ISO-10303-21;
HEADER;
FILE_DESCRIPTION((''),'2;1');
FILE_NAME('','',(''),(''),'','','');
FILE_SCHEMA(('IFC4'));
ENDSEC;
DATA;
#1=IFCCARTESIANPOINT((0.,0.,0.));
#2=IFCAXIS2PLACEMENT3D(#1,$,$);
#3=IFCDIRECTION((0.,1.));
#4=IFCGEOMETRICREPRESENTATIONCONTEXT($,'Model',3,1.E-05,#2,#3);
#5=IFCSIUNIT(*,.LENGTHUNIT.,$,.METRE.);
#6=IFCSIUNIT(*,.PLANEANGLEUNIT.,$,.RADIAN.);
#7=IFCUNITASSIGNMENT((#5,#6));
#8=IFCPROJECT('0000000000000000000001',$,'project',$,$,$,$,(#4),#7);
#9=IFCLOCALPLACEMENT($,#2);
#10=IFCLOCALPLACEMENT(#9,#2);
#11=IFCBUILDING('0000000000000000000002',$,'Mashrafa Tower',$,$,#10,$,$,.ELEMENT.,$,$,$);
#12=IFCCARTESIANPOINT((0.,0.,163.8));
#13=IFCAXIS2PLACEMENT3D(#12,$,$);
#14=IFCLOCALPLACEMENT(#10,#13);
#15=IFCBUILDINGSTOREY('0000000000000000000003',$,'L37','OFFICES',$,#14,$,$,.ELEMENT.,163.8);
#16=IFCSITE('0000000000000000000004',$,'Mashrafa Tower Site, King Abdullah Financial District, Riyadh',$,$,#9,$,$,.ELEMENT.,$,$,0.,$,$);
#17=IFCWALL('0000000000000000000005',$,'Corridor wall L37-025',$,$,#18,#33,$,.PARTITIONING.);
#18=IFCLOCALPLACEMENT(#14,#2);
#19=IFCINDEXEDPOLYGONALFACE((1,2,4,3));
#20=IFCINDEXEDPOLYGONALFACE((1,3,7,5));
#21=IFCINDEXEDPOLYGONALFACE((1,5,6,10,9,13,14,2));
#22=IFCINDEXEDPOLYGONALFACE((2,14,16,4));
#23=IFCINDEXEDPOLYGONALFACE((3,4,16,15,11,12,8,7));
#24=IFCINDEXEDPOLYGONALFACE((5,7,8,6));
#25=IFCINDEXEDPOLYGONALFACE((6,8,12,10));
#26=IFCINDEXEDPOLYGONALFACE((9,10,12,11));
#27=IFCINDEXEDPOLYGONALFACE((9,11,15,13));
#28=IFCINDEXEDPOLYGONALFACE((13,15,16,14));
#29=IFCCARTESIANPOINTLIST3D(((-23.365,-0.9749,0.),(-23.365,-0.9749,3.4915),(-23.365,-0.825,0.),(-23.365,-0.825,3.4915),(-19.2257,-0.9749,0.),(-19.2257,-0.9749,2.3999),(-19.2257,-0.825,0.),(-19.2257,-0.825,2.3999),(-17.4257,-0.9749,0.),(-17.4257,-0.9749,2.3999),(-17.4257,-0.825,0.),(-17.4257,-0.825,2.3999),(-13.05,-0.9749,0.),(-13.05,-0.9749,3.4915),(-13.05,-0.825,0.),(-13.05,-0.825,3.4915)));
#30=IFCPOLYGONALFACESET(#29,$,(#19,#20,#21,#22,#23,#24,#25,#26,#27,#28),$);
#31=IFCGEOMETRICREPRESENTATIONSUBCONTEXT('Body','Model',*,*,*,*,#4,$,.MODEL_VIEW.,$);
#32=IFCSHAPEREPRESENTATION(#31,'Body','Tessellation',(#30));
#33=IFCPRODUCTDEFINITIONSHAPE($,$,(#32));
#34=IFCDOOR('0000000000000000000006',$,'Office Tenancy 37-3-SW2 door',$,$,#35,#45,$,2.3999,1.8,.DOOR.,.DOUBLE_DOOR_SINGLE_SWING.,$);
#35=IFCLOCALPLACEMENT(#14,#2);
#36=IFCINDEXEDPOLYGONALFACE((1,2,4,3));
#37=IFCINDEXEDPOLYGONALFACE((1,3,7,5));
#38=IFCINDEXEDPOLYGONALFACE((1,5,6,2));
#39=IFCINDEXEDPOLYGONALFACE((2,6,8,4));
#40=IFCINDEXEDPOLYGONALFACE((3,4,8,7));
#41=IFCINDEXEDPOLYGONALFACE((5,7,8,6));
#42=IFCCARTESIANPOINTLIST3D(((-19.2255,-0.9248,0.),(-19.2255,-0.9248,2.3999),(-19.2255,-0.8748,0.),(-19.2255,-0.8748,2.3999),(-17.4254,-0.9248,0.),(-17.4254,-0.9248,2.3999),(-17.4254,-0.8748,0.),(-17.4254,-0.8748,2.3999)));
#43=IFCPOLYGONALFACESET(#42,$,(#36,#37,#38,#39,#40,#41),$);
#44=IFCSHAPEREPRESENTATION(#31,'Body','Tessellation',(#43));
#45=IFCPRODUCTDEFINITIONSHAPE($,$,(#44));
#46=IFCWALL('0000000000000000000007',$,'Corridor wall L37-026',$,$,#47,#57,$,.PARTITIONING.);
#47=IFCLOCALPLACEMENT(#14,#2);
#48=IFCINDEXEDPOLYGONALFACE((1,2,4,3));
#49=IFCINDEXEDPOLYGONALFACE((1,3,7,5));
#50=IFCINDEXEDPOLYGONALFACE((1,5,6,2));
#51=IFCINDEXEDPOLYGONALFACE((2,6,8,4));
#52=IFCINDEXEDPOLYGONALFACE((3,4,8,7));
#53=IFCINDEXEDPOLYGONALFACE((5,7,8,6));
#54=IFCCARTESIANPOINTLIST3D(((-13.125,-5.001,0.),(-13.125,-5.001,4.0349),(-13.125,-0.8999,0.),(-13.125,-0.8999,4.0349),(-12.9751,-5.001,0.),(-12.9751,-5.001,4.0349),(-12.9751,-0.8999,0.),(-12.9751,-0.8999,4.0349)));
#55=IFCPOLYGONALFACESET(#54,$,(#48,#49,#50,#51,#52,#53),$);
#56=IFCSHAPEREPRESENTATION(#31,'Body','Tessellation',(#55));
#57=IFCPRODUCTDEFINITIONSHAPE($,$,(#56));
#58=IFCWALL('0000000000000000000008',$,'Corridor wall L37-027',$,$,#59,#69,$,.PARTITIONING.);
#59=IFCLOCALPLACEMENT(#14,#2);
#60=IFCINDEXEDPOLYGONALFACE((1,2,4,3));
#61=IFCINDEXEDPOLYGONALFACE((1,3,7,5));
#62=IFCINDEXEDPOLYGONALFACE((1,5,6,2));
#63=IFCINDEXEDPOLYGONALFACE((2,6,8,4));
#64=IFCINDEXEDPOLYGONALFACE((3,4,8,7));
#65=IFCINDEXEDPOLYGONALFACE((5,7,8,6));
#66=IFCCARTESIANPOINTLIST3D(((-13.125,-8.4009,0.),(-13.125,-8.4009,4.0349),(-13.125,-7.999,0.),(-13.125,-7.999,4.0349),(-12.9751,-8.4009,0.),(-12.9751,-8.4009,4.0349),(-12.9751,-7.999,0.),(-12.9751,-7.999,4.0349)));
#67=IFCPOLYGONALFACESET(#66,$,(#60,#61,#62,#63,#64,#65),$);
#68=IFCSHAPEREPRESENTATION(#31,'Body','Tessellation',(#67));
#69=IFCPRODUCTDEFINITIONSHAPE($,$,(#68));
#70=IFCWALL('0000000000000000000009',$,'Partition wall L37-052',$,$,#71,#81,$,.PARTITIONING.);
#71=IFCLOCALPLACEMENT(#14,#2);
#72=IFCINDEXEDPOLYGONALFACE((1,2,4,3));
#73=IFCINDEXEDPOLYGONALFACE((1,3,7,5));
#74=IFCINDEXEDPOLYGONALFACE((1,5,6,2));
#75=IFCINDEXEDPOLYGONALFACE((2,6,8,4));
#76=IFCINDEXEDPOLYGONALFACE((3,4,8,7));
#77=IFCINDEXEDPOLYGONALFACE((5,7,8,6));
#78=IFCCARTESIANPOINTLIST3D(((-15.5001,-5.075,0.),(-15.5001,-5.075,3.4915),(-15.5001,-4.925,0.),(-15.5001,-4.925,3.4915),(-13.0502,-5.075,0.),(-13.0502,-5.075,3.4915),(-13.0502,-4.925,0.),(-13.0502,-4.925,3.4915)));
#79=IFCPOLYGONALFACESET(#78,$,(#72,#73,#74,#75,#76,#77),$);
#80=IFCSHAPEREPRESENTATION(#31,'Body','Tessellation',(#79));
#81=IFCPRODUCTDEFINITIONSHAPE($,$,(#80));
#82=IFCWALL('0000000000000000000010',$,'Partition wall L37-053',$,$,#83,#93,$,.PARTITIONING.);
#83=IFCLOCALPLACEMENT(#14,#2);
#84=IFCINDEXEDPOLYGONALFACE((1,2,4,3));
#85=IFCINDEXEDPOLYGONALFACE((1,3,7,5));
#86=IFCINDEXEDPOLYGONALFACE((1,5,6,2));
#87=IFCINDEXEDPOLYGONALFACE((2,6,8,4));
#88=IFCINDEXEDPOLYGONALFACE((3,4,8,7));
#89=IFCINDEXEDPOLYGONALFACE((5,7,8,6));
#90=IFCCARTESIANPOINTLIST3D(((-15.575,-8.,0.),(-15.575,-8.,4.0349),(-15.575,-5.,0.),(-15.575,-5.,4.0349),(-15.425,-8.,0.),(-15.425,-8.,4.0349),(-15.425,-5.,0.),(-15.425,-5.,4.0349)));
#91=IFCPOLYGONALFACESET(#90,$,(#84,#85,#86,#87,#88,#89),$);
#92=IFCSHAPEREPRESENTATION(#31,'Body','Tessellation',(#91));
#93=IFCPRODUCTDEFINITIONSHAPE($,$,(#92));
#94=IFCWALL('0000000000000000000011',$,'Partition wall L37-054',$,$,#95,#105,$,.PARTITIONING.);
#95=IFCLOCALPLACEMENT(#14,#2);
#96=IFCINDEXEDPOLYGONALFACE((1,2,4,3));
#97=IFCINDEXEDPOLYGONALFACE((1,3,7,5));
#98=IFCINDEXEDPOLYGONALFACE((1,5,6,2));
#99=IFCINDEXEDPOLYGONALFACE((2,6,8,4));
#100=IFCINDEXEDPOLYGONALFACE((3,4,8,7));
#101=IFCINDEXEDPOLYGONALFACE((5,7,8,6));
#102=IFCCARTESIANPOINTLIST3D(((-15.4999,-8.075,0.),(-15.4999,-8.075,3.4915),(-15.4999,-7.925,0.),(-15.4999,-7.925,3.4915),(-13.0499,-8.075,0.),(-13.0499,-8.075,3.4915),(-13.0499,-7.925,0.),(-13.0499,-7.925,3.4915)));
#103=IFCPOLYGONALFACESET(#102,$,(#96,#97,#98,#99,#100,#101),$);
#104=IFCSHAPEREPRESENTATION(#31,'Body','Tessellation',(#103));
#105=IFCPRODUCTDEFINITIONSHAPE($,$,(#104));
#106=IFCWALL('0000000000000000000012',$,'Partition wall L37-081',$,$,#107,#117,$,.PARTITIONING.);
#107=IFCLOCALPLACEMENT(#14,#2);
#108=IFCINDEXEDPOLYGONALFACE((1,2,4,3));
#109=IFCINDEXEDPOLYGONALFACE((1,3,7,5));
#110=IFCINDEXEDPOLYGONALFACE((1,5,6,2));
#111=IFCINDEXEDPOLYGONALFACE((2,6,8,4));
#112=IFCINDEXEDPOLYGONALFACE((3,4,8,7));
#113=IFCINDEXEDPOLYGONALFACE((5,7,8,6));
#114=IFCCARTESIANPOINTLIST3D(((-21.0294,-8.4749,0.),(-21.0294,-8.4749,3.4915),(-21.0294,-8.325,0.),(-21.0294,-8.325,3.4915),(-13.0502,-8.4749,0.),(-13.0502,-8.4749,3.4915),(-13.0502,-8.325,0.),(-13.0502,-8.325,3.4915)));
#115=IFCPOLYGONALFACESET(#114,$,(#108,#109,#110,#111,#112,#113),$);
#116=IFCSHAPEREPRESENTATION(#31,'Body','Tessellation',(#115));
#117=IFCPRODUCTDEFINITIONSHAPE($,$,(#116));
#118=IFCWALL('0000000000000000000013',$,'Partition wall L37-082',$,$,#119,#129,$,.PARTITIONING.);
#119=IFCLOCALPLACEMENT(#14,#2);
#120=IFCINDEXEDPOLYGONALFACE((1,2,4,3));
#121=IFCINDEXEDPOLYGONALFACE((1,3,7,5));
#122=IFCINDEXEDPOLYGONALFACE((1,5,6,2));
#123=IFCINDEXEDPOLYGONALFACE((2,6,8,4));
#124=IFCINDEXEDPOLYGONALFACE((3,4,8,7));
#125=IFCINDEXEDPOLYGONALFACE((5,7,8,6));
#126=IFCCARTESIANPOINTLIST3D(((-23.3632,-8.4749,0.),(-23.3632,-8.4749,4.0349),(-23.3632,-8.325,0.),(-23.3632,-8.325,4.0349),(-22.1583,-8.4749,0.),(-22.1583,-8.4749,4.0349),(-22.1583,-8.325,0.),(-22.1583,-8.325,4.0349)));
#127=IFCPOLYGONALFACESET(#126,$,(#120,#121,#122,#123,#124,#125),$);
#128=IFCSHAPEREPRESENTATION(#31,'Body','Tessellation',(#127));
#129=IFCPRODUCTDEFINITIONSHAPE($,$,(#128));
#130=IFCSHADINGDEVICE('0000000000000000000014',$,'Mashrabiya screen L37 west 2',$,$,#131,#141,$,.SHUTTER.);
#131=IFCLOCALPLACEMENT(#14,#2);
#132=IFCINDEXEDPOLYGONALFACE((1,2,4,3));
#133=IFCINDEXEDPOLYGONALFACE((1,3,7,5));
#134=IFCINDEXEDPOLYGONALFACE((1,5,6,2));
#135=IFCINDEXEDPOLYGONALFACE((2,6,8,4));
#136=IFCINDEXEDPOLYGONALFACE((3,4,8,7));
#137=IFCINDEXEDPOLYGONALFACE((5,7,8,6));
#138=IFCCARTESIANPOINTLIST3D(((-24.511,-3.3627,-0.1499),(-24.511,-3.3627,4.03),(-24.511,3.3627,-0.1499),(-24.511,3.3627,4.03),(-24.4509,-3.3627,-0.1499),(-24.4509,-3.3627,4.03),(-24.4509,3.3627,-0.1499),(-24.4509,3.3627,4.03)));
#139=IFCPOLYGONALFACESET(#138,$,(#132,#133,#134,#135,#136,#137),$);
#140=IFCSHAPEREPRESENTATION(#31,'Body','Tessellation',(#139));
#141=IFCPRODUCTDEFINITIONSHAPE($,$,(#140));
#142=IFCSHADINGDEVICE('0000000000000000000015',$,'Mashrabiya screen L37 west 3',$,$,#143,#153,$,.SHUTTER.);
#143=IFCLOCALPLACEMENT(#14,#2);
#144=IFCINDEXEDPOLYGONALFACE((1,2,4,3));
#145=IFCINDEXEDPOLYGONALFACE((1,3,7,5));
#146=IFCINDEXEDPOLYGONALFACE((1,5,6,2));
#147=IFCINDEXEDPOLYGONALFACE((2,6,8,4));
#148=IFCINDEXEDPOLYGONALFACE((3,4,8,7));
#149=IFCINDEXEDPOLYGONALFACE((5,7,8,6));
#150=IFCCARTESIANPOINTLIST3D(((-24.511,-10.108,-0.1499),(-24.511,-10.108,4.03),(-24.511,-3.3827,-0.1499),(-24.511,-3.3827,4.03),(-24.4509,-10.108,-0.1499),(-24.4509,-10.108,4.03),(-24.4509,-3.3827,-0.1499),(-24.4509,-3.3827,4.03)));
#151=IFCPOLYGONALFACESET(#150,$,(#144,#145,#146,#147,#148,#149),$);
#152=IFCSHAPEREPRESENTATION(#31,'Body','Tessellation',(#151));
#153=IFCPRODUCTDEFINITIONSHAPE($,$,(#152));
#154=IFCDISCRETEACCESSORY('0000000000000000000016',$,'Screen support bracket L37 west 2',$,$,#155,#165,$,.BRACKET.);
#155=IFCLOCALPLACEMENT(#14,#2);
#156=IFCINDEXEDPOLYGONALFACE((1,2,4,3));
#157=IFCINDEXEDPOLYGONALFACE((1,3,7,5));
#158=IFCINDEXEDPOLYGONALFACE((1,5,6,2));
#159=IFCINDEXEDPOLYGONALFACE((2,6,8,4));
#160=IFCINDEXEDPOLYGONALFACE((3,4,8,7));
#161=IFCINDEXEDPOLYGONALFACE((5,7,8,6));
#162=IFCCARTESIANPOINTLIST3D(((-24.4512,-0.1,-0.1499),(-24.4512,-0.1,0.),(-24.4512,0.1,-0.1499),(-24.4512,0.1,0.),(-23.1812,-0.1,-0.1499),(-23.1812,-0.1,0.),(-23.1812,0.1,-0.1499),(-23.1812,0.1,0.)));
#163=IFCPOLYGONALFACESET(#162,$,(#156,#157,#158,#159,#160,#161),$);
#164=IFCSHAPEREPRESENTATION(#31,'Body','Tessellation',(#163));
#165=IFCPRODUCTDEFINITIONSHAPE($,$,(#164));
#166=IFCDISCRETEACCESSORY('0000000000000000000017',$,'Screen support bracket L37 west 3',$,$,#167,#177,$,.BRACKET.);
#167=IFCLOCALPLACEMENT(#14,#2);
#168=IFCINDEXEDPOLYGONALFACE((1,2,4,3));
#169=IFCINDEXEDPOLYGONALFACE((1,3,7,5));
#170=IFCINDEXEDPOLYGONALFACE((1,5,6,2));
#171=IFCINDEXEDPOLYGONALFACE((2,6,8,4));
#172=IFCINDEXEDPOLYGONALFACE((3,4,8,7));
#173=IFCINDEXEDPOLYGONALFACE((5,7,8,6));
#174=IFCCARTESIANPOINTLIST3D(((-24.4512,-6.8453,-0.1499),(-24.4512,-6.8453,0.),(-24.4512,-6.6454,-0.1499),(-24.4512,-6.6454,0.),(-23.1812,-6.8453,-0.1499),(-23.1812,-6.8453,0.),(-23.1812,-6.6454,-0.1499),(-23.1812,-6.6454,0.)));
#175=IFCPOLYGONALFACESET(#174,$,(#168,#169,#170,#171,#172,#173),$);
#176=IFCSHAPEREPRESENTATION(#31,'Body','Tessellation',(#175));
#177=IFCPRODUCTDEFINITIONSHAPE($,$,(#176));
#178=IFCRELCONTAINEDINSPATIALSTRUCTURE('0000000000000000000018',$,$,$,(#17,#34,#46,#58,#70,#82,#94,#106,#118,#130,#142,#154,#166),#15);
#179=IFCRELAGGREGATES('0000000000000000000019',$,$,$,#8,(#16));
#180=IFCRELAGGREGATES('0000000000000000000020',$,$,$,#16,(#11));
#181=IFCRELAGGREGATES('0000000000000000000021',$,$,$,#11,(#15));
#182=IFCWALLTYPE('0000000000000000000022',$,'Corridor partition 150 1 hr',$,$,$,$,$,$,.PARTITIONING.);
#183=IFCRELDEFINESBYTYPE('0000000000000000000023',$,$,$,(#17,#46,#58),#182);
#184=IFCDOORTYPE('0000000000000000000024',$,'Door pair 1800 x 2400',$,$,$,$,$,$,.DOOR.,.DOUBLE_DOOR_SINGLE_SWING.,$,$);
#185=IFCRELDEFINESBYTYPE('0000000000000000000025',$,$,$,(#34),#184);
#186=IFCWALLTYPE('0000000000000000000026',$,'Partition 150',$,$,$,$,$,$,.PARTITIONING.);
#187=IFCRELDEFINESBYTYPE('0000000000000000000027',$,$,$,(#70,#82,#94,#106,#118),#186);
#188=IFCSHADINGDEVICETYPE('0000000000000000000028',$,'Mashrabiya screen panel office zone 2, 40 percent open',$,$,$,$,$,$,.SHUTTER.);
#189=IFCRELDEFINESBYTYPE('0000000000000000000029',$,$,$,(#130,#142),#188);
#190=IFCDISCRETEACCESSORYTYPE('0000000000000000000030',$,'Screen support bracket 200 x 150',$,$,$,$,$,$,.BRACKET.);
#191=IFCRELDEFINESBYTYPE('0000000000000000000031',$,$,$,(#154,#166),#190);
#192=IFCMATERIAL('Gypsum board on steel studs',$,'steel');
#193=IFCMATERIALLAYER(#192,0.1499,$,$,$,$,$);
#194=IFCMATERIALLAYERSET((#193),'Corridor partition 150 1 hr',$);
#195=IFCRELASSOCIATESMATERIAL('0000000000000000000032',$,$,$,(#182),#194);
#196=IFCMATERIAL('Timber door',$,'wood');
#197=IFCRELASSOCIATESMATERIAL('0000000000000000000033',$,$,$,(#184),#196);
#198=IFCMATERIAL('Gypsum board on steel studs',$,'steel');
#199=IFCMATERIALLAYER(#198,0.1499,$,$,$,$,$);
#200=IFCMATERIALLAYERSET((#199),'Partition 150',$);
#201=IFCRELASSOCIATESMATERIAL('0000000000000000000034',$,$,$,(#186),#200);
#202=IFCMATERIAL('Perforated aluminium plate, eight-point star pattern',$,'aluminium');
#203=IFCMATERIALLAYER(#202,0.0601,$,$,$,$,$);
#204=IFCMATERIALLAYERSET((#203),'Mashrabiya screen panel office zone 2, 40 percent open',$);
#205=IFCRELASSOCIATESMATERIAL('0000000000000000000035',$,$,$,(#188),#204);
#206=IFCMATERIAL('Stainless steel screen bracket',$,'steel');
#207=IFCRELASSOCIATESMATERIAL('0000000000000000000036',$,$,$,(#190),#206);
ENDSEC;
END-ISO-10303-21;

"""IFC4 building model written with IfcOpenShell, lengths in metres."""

from ifc_helpers import new_model, si_unit, direction, frame, frame_2d, origin, origin_2d, place, context, subcontext, project, spatial, rectangle, extrude, source, transform, mapped, material, layer, layer_set, type_object, type_shapes, element, fill, save


model = new_model("IFC4")

# Units and contexts
model_context = context("Model", 3, precision=1e-05, world=origin(), true_north=direction((0.0, 1.0)))
body_context = subcontext(model_context, "Body", "Model", "MODEL_VIEW")
ifc_project = project(units=[si_unit("LENGTHUNIT", "METRE"), si_unit("PLANEANGLEUNIT", "RADIAN")], contexts=[model_context])

# Site, building, storey
site_placement = place(None, origin())
site = spatial("IfcSite", under=ifc_project, at=site_placement, Name="Mashrafa Tower Site, King Abdullah Financial District, Riyadh", CompositionType="ELEMENT", RefElevation=0.0)
building_placement = place(site_placement, origin())
building = spatial("IfcBuilding", under=site, at=building_placement, Name="Mashrafa Tower", CompositionType="ELEMENT")
storey_placement = place(building_placement, frame((0.0, 0.0, 163.8)))
storey = spatial("IfcBuildingStorey", under=building, at=storey_placement, Name="L37", Description="OFFICES", CompositionType="ELEMENT", Elevation=163.8)

# Shared definitions
ifc_material_1 = material(Name="Gypsum board on steel studs", Category="steel")
ifc_layer_1 = layer(ifc_material_1, 0.1499)
ifc_layer_set_1 = layer_set([ifc_layer_1], Name="Corridor partition 150 1 hr")
wall_type_1 = type_object("IfcWallType", Name="Corridor partition 150 1 hr", PredefinedType="PARTITIONING", material=ifc_layer_set_1)

# Wall, opening, door
wall_1_placement = place(storey_placement, frame((-23.365, -0.8999, 0.0), z_axis=(0.0, 0.0, 1.0), x_axis=(1.0, 0.0, 0.0)))
wall_1 = element("IfcWall", 1, at=wall_1_placement, inside=storey, type_object=wall_type_1, Name="Corridor wall L37-025", PredefinedType="PARTITIONING", context=body_context, shape_type="SweptSolid", body=[
    extrude(rectangle(XDim=10.3149, YDim=0.1499, at=frame_2d((5.1575, 0.0))), origin(), (0.0, 0.0, 1.0), 3.4915),
])
opening_1_placement = place(wall_1_placement, frame((4.1394, 0.0, 0.0)))
opening_1 = element("IfcOpeningElement", 2, at=opening_1_placement, cuts=wall_1, PredefinedType="OPENING", context=body_context, shape_type="SweptSolid", body=[
    extrude(rectangle(XDim=1.8, YDim=2.3999, at=frame_2d((0.8999, 1.2))), frame((0.0, 0.085, 0.0), z_axis=(0.0, -1.0, 0.0), x_axis=(1.0, 0.0, 0.0)), (0.0, 0.0, 1.0), 0.1699),
])
ifc_material_2 = material(Name="Timber door", Category="wood")
door_type_1 = type_object("IfcDoorType", Name="Door pair 1800 x 2400", OperationType="DOUBLE_DOOR_SINGLE_SWING", PredefinedType="DOOR", material=ifc_material_2)
door_1_placement = place(opening_1_placement, frame((1.8, 0.0, 0.0), z_axis=(0.0, 0.0, 1.0), x_axis=(-1.0, 0.0, 0.0)))
door_1 = element("IfcDoor", 3, at=door_1_placement, inside=storey, type_object=door_type_1, Name="Office Tenancy 37-3-SW2 door", OperationType="DOUBLE_DOOR_SINGLE_SWING", OverallHeight=2.3999, OverallWidth=1.8, PredefinedType="DOOR", context=body_context, shape_type="SweptSolid", body=[
    extrude(rectangle(XDim=1.8, YDim=2.3999, at=frame_2d((0.8999, 1.2))), frame((0.0, 0.0249, 0.0), z_axis=(0.0, -1.0, 0.0), x_axis=(1.0, 0.0, 0.0)), (0.0, 0.0, 1.0), 0.05),
])
fill(opening_1, door_1)

# Walls
wall_2_placement = place(storey_placement, frame((-13.05, -0.8999, 0.0), z_axis=(0.0, 0.0, 1.0), x_axis=(0.0, -1.0, 0.0)))
element("IfcWall", 4, at=wall_2_placement, inside=storey, type_object=wall_type_1, Name="Corridor wall L37-026", PredefinedType="PARTITIONING", context=body_context, shape_type="SweptSolid", body=[
    extrude(rectangle(XDim=4.1011, YDim=0.1499, at=frame_2d((2.0505, 0.0))), origin(), (0.0, 0.0, 1.0), 4.0349),
])
wall_3_placement = place(storey_placement, frame((-13.05, -7.999, 0.0), z_axis=(0.0, 0.0, 1.0), x_axis=(0.0, -1.0, 0.0)))
element("IfcWall", 5, at=wall_3_placement, inside=storey, type_object=wall_type_1, Name="Corridor wall L37-027", PredefinedType="PARTITIONING", context=body_context, shape_type="SweptSolid", body=[
    extrude(rectangle(XDim=0.4019, YDim=0.1499, at=frame_2d((0.2009, 0.0))), origin(), (0.0, 0.0, 1.0), 4.0349),
])
ifc_material_3 = material(Name="Gypsum board on steel studs", Category="steel")
ifc_layer_2 = layer(ifc_material_3, 0.1499)
ifc_layer_set_2 = layer_set([ifc_layer_2], Name="Partition 150")
wall_type_2 = type_object("IfcWallType", Name="Partition 150", PredefinedType="PARTITIONING", material=ifc_layer_set_2)
wall_4_placement = place(storey_placement, frame((-13.05, -5.0, 0.0), z_axis=(0.0, 0.0, 1.0), x_axis=(-1.0, 0.0, 0.0)))
element("IfcWall", 6, at=wall_4_placement, inside=storey, type_object=wall_type_2, Name="Partition wall L37-052", PredefinedType="PARTITIONING", context=body_context, shape_type="SweptSolid", body=[
    extrude(rectangle(XDim=2.45, YDim=0.1499, at=frame_2d((1.2251, 0.0))), origin(), (0.0, 0.0, 1.0), 3.4915),
])
wall_5_placement = place(storey_placement, frame((-15.5, -5.0, 0.0), z_axis=(0.0, 0.0, 1.0), x_axis=(0.0, -1.0, 0.0)))
element("IfcWall", 7, at=wall_5_placement, inside=storey, type_object=wall_type_2, Name="Partition wall L37-053", PredefinedType="PARTITIONING", context=body_context, shape_type="SweptSolid", body=[
    extrude(rectangle(XDim=3.0, YDim=0.1499, at=frame_2d((1.5, 0.0))), origin(), (0.0, 0.0, 1.0), 4.0349),
])
wall_6_placement = place(storey_placement, frame((-15.5, -8.0, 0.0), z_axis=(0.0, 0.0, 1.0), x_axis=(1.0, 0.0, 0.0)))
element("IfcWall", 8, at=wall_6_placement, inside=storey, type_object=wall_type_2, Name="Partition wall L37-054", PredefinedType="PARTITIONING", context=body_context, shape_type="SweptSolid", body=[
    extrude(rectangle(XDim=2.45, YDim=0.1499, at=frame_2d((1.2251, 0.0))), origin(), (0.0, 0.0, 1.0), 3.4915),
])
wall_7_placement = place(storey_placement, frame((-13.05, -8.3999, 0.0), z_axis=(0.0, 0.0, 1.0), x_axis=(-1.0, 0.0, 0.0)))
element("IfcWall", 9, at=wall_7_placement, inside=storey, type_object=wall_type_2, Name="Partition wall L37-081", PredefinedType="PARTITIONING", context=body_context, shape_type="SweptSolid", body=[
    extrude(rectangle(XDim=7.9792, YDim=0.1499, at=frame_2d((3.9897, 0.0))), origin(), (0.0, 0.0, 1.0), 3.4915),
])
wall_8_placement = place(storey_placement, frame((-22.1582, -8.3999, 0.0), z_axis=(0.0, 0.0, 1.0), x_axis=(-1.0, 0.0, 0.0)))
element("IfcWall", 10, at=wall_8_placement, inside=storey, type_object=wall_type_2, Name="Partition wall L37-082", PredefinedType="PARTITIONING", context=body_context, shape_type="SweptSolid", body=[
    extrude(rectangle(XDim=1.2048, YDim=0.1499, at=frame_2d((0.6025, 0.0))), origin(), (0.0, 0.0, 1.0), 4.0349),
])

# Shading devices
ifc_material_4 = material(Name="Perforated aluminium plate, eight-point star pattern", Category="aluminium")
ifc_layer_3 = layer(ifc_material_4, 0.0601)
ifc_layer_set_3 = layer_set([ifc_layer_3], Name="Mashrabiya screen panel office zone 2, 40 percent open")
shading_device_type = type_object("IfcShadingDeviceType", Name="Mashrabiya screen panel office zone 2, 40 percent open", PredefinedType="SHUTTER", material=ifc_layer_set_3)
shared_shape_1 = source(origin(), body_context, "Body", "SweptSolid", [
    extrude(rectangle(XDim=6.7253, YDim=0.0601, at=origin_2d()), origin(), (0.0, 0.0, 1.0), 4.1799),
])
type_shapes(shading_device_type, [shared_shape_1])
for number, where, z_axis, x_axis, name in (
    (11, (-24.481, 0.0, -0.1499), (0.0, 0.0, 1.0), (0.0, -1.0, 0.0), "Mashrabiya screen L37 west 2"),
    (12, (-24.481, -6.7454, -0.1499), (0.0, 0.0, 1.0), (0.0, -1.0, 0.0), "Mashrabiya screen L37 west 3"),
):
    element("IfcShadingDevice", number, at=place(storey_placement, frame(where, z_axis=z_axis, x_axis=x_axis)), inside=storey, type_object=shading_device_type, Name=name, PredefinedType="SHUTTER", context=body_context, shape_type="MappedRepresentation", body=[
        mapped(shared_shape_1, transform((0.0, 0.0, 0.0))),
    ])

# Discrete accessories
ifc_material_5 = material(Name="Stainless steel screen bracket", Category="steel")
discrete_accessory_type = type_object("IfcDiscreteAccessoryType", Name="Screen support bracket 200 x 150", PredefinedType="BRACKET", material=ifc_material_5)
shared_shape_2 = source(origin(), body_context, "Body", "SweptSolid", [
    extrude(rectangle(XDim=0.2, YDim=1.27, at=origin_2d()), origin(), (0.0, 0.0, 1.0), 0.1499),
])
type_shapes(discrete_accessory_type, [shared_shape_2])
for number, where, z_axis, x_axis, name in (
    (13, (-23.8162, 0.0, -0.1499), (0.0, 0.0, 1.0), (0.0, -1.0, 0.0), "Screen support bracket L37 west 2"),
    (14, (-23.8162, -6.7454, -0.1499), (0.0, 0.0, 1.0), (0.0, -1.0, 0.0), "Screen support bracket L37 west 3"),
):
    element("IfcDiscreteAccessory", number, at=place(storey_placement, frame(where, z_axis=z_axis, x_axis=x_axis)), inside=storey, type_object=discrete_accessory_type, Name=name, PredefinedType="BRACKET", context=body_context, shape_type="MappedRepresentation", body=[
        mapped(shared_shape_2, transform((0.0, 0.0, 0.0))),
    ])

save(model, "model.ifc")
